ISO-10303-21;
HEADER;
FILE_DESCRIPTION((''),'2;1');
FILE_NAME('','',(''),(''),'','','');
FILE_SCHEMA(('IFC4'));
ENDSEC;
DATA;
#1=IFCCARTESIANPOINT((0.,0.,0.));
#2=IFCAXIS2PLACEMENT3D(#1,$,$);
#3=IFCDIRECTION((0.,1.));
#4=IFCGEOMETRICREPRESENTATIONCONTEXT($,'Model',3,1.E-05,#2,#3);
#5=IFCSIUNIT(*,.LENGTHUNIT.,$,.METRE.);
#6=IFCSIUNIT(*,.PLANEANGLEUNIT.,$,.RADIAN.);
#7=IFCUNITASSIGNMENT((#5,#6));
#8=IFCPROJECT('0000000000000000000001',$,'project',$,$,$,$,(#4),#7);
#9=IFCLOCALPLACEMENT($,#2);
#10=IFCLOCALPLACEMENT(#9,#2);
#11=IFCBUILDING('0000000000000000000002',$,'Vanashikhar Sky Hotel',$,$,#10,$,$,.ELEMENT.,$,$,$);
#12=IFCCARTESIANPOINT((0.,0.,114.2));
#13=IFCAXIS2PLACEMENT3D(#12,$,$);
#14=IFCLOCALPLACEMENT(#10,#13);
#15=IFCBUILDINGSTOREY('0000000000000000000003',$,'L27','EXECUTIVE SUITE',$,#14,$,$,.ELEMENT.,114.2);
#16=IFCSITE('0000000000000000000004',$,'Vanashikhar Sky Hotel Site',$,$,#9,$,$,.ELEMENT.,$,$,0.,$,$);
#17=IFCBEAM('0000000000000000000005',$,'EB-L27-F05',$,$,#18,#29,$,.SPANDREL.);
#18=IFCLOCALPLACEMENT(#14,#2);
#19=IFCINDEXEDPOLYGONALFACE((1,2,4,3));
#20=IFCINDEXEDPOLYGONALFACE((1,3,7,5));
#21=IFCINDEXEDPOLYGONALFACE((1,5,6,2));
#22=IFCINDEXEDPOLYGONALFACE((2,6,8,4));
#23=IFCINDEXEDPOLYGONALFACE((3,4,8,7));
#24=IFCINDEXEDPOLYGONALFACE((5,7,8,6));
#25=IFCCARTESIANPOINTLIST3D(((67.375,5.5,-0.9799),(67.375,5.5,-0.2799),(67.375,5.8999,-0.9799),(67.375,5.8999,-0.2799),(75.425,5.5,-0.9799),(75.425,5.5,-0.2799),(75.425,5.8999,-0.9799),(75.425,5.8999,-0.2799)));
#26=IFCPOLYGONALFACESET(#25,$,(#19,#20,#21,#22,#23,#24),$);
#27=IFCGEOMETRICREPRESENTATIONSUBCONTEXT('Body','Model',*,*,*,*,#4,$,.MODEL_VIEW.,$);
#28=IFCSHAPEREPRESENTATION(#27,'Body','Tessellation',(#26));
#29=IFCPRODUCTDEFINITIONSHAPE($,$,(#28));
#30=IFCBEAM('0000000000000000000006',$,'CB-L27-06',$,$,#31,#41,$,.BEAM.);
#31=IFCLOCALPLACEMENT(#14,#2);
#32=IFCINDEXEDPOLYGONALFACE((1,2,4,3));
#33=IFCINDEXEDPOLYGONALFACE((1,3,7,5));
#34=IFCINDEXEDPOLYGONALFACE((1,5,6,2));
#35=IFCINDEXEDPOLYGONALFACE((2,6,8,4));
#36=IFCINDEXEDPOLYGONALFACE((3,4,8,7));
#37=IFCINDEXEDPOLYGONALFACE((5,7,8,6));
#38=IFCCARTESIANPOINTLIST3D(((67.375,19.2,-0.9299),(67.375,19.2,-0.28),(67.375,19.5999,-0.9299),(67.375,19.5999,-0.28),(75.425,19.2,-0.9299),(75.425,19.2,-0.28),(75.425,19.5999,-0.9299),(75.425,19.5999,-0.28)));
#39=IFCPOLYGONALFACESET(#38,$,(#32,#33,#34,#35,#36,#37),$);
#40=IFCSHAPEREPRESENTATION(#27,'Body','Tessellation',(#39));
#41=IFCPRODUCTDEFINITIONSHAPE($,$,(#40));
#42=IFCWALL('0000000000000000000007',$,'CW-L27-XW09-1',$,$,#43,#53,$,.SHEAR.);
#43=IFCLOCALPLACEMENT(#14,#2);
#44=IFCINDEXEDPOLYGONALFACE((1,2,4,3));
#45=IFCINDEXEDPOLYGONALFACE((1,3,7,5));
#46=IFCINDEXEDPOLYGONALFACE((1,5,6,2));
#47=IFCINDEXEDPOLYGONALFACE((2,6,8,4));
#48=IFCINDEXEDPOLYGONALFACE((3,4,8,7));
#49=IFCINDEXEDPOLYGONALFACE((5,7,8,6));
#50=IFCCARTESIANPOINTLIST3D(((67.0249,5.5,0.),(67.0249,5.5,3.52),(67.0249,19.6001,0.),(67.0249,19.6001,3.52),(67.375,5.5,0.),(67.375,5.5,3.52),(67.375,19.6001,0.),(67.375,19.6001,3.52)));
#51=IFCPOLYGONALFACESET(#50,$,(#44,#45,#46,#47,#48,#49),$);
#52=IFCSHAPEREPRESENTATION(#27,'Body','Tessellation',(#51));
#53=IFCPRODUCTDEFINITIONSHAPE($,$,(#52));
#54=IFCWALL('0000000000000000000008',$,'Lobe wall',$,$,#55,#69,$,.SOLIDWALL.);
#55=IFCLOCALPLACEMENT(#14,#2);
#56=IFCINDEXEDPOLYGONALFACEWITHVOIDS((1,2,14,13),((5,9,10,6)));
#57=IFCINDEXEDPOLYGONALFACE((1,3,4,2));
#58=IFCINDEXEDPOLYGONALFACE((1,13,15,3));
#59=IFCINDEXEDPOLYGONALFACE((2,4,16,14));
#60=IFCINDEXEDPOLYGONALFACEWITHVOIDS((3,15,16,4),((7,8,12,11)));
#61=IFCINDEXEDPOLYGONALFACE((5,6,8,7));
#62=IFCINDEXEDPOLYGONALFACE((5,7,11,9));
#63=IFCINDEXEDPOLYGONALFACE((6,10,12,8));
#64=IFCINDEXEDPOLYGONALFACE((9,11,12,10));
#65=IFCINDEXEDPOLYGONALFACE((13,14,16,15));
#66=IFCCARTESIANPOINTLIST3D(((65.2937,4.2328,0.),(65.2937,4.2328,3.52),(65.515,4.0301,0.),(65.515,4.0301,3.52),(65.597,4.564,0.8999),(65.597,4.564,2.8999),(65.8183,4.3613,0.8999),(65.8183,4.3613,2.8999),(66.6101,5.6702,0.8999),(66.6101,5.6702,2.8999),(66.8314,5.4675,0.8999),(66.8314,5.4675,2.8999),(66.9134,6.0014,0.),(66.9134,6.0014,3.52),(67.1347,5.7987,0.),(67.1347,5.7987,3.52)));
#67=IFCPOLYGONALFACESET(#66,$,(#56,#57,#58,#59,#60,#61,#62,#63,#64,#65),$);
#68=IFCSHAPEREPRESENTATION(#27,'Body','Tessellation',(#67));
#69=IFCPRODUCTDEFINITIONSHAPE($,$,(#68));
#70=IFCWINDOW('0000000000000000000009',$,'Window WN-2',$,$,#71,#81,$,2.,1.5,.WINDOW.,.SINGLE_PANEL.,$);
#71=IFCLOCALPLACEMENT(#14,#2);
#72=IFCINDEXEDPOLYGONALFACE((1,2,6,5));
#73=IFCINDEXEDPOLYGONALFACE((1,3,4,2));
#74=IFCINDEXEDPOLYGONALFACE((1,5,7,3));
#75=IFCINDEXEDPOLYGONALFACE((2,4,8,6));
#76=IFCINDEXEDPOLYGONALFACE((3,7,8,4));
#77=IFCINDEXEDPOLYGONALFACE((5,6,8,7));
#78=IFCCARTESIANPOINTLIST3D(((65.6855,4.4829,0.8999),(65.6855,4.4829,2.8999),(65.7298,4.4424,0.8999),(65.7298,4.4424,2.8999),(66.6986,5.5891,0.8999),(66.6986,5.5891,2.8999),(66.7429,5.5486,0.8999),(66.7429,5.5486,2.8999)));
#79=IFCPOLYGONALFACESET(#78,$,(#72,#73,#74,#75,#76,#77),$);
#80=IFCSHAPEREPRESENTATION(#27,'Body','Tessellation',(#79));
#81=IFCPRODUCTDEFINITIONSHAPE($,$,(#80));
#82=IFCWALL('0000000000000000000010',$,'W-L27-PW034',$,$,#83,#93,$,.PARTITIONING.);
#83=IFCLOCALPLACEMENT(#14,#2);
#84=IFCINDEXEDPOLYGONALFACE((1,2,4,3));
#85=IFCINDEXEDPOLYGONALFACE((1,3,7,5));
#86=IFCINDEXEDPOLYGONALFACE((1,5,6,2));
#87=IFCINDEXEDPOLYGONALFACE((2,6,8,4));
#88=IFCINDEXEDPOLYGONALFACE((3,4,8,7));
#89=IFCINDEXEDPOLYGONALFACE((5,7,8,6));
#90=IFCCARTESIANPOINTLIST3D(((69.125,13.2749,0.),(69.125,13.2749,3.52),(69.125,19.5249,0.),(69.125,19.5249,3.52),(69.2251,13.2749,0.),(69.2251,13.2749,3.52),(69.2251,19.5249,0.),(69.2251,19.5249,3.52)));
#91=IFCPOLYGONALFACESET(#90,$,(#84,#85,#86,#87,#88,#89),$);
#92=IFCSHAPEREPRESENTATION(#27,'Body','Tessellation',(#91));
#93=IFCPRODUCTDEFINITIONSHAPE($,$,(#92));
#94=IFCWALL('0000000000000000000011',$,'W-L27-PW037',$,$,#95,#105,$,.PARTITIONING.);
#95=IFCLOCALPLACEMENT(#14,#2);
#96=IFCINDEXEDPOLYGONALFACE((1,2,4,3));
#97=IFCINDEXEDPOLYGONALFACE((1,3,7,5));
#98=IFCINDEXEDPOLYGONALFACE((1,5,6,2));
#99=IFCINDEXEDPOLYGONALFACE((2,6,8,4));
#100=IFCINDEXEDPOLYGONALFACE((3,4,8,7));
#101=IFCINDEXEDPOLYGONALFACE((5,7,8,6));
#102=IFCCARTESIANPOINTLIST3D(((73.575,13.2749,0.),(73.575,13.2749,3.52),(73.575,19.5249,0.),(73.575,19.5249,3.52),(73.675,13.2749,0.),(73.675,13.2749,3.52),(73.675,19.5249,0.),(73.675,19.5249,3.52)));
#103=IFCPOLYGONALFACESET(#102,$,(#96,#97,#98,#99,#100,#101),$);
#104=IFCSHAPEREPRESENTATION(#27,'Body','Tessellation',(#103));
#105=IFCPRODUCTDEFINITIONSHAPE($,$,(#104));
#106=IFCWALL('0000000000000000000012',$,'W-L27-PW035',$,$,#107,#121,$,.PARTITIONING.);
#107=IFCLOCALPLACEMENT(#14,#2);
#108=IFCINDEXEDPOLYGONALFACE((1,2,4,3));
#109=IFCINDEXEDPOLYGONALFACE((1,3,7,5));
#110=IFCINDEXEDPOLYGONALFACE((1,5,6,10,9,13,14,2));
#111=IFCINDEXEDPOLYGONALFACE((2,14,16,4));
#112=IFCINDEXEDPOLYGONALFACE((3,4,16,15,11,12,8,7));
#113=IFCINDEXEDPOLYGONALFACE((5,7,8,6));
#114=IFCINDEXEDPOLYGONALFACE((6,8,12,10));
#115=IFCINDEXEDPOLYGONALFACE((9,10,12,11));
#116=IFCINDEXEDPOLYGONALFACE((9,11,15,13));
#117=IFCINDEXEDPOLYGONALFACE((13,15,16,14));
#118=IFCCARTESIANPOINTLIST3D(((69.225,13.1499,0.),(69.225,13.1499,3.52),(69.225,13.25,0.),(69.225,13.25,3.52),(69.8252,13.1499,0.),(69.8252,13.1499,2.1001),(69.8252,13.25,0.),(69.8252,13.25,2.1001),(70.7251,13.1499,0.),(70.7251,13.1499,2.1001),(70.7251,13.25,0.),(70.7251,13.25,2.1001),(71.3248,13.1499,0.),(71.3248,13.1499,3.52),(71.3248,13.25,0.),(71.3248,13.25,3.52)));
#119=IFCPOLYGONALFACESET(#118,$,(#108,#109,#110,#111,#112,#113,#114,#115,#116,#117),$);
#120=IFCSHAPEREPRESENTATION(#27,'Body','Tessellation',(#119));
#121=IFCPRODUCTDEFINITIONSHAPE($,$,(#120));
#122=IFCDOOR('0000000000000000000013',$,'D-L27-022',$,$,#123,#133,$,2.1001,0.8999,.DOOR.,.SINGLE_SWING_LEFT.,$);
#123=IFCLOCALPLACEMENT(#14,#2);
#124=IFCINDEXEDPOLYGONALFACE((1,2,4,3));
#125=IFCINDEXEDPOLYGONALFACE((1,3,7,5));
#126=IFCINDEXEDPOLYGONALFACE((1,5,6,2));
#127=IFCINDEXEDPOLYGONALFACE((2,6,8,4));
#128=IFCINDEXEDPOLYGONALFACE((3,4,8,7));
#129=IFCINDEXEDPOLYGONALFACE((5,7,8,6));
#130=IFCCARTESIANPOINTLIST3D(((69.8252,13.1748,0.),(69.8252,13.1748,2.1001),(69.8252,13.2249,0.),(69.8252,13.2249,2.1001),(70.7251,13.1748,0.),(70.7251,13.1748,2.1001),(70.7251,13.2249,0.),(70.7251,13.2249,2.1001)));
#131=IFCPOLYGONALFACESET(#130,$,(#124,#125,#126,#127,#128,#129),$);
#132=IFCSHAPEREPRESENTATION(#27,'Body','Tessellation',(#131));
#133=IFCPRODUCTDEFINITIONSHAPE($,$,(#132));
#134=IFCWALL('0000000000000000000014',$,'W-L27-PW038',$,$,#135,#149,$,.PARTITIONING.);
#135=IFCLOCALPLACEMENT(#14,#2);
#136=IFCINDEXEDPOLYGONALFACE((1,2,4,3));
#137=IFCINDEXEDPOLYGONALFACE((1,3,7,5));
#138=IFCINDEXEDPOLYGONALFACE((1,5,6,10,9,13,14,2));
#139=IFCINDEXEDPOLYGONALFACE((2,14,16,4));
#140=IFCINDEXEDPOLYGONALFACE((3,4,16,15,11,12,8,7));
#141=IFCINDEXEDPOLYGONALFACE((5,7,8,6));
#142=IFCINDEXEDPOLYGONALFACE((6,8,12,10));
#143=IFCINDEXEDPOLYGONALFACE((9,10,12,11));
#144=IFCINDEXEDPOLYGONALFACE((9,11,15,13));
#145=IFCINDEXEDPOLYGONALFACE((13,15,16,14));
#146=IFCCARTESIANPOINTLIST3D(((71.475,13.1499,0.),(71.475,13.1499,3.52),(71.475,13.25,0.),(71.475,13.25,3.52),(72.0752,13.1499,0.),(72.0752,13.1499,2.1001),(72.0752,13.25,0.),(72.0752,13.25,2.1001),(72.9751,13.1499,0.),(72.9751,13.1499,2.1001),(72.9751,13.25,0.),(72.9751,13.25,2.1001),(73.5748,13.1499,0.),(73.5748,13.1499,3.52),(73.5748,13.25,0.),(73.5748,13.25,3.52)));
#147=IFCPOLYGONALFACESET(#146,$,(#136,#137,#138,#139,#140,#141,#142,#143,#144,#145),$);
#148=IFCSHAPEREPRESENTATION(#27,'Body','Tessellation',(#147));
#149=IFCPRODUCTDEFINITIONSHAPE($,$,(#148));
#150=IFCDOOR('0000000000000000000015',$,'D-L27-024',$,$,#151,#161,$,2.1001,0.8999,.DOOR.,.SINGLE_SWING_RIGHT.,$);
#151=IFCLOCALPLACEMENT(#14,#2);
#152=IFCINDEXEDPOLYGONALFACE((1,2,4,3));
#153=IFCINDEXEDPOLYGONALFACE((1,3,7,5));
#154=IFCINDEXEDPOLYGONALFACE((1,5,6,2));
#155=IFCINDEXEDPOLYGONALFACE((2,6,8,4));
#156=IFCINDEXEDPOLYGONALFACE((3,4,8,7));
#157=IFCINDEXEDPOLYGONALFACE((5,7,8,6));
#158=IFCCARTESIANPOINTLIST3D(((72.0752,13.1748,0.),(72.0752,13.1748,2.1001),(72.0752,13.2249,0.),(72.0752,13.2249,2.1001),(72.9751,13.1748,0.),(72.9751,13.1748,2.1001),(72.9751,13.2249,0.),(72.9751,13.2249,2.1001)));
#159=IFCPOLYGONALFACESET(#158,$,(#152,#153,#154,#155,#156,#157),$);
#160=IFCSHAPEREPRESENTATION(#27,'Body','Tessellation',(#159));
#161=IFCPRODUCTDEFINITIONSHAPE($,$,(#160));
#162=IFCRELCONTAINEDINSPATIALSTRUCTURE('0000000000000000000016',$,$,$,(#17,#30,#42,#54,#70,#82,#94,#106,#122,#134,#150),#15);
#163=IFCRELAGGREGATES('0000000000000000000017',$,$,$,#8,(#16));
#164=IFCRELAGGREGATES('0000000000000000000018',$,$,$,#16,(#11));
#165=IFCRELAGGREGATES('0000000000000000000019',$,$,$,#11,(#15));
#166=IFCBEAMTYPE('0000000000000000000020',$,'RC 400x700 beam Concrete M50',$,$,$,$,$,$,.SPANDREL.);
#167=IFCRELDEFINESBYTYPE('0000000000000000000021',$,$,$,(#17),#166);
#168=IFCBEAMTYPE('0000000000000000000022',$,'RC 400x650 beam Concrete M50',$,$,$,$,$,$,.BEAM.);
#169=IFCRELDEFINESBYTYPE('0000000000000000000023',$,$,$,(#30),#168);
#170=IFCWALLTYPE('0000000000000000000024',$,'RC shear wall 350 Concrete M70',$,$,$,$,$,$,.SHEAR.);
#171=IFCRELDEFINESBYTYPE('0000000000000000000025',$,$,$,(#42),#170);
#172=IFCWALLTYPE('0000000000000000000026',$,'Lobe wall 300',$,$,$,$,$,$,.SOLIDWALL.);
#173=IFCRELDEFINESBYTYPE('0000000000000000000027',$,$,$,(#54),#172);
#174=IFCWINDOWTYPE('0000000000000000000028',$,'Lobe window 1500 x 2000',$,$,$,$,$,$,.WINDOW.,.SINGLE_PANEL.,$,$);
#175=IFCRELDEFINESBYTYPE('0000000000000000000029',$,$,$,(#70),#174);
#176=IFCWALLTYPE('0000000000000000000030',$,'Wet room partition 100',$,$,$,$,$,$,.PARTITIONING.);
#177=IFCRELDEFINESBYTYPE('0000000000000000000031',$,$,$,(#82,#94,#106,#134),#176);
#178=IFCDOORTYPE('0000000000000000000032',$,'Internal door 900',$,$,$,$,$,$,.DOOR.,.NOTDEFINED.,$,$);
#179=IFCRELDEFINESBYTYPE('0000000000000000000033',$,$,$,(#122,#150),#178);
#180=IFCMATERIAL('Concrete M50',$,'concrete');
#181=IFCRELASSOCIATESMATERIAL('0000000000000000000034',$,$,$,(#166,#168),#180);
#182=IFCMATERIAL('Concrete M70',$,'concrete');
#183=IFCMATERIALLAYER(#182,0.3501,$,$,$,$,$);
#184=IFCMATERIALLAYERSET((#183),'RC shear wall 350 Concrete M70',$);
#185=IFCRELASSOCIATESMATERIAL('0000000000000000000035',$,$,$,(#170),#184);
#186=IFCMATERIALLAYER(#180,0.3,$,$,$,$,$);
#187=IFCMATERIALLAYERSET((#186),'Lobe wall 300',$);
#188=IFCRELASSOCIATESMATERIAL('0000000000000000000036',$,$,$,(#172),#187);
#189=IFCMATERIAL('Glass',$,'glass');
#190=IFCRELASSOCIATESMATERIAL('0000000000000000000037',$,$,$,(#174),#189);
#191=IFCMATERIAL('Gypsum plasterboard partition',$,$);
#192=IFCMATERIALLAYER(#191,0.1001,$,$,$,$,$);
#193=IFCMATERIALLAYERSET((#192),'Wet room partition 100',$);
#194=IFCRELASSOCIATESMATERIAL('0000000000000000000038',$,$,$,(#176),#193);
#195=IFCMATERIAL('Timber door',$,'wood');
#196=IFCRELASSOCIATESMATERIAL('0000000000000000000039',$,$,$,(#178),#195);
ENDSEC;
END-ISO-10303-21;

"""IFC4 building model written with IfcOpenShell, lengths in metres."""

from ifc_helpers import new_model, si_unit, direction, frame, frame_2d, origin, origin_2d, place, context, subcontext, project, spatial, rectangle, extrude, source, transform, mapped, material, layer, layer_set, material_profile, profile_set, type_object, element, fill, save


model = new_model("IFC4")

# Units and contexts
model_context = context("Model", 3, precision=1e-05, world=origin(), true_north=direction((0.0, 1.0)))
body_context = subcontext(model_context, "Body", "Model", "MODEL_VIEW")
ifc_project = project(units=[si_unit("LENGTHUNIT", "METRE"), si_unit("PLANEANGLEUNIT", "RADIAN")], contexts=[model_context])

# Site, building, storey
site_placement = place(None, origin())
site = spatial("IfcSite", under=ifc_project, at=site_placement, Name="Vanashikhar Sky Hotel Site", CompositionType="ELEMENT", RefElevation=0.0)
building_placement = place(site_placement, origin())
building = spatial("IfcBuilding", under=site, at=building_placement, Name="Vanashikhar Sky Hotel", CompositionType="ELEMENT")
storey_placement = place(building_placement, frame((0.0, 0.0, 114.2)))
storey = spatial("IfcBuildingStorey", under=building, at=storey_placement, Name="L27", Description="EXECUTIVE SUITE", CompositionType="ELEMENT", Elevation=114.2)

# Beams
ifc_material_1 = material(Name="Concrete M50", Category="concrete")
ifc_material_profile_1 = material_profile(ifc_material_1, rectangle(XDim=0.3999, YDim=0.7, at=origin_2d()))
ifc_profile_set_1 = profile_set([ifc_material_profile_1], Name="RC 400x700 beam Concrete M50")
beam_type_1 = type_object("IfcBeamType", Name="RC 400x700 beam Concrete M50", PredefinedType="SPANDREL", material=ifc_profile_set_1)
shared_shape_1 = source(origin(), body_context, "Body", "SweptSolid", [
    extrude(rectangle(XDim=0.3999, YDim=0.7, at=origin_2d()), origin(), (0.0, 0.0, 1.0), 8.05),
])
beam_1_placement = place(storey_placement, frame((67.375, 5.7, -0.6299), z_axis=(1.0, 0.0, 0.0), x_axis=(0.0, 1.0, 0.0)))
element("IfcBeam", 1, at=beam_1_placement, inside=storey, type_object=beam_type_1, Name="EB-L27-F05", PredefinedType="SPANDREL", context=body_context, shape_type="MappedRepresentation", body=[
    mapped(shared_shape_1, transform((0.0, 0.0, 0.0), scale=1.0)),
])
ifc_material_profile_2 = material_profile(ifc_material_1, rectangle(XDim=0.3999, YDim=0.6499, at=origin_2d()))
ifc_profile_set_2 = profile_set([ifc_material_profile_2], Name="RC 400x650 beam Concrete M50")
beam_type_2 = type_object("IfcBeamType", Name="RC 400x650 beam Concrete M50", PredefinedType="BEAM", material=ifc_profile_set_2)
shared_shape_2 = source(origin(), body_context, "Body", "SweptSolid", [
    extrude(rectangle(XDim=0.3999, YDim=0.6499, at=origin_2d()), origin(), (0.0, 0.0, 1.0), 8.05),
])
beam_2_placement = place(storey_placement, frame((67.375, 19.3999, -0.605), z_axis=(1.0, 0.0, 0.0), x_axis=(0.0, 1.0, 0.0)))
element("IfcBeam", 2, at=beam_2_placement, inside=storey, type_object=beam_type_2, Name="CB-L27-06", PredefinedType="BEAM", context=body_context, shape_type="MappedRepresentation", body=[
    mapped(shared_shape_2, transform((0.0, 0.0, 0.0), scale=1.0)),
])

# Wall
ifc_material_2 = material(Name="Concrete M70", Category="concrete")
ifc_layer_1 = layer(ifc_material_2, 0.3501)
ifc_layer_set_1 = layer_set([ifc_layer_1], Name="RC shear wall 350 Concrete M70")
wall_type_1 = type_object("IfcWallType", Name="RC shear wall 350 Concrete M70", PredefinedType="SHEAR", material=ifc_layer_set_1)
shared_shape_3 = source(origin(), body_context, "Body", "SweptSolid", [
    extrude(rectangle(XDim=14.1001, YDim=0.3501, at=frame_2d((7.05, 0.0))), origin(), (0.0, 0.0, 1.0), 3.52),
])
wall_1_placement = place(storey_placement, frame((67.2, 5.5, 0.0), z_axis=(0.0, 0.0, 1.0), x_axis=(0.0, 1.0, 0.0)))
element("IfcWall", 3, at=wall_1_placement, inside=storey, type_object=wall_type_1, Name="CW-L27-XW09-1", PredefinedType="SHEAR", context=body_context, shape_type="MappedRepresentation", body=[
    mapped(shared_shape_3, transform((0.0, 0.0, 0.0), scale=1.0)),
])

# Wall, opening, window
ifc_layer_2 = layer(ifc_material_1, 0.3)
ifc_layer_set_2 = layer_set([ifc_layer_2], Name="Lobe wall 300")
wall_type_2 = type_object("IfcWallType", Name="Lobe wall 300", PredefinedType="SOLIDWALL", material=ifc_layer_set_2)
shared_shape_4 = source(origin(), body_context, "Body", "SweptSolid", [
    extrude(rectangle(XDim=2.3982, YDim=0.3, at=frame_2d((1.1992, 0.0))), origin(), (0.0, 0.0, 1.0), 3.52),
])
wall_2_placement = place(storey_placement, frame((65.4043, 4.1313, 0.0), z_axis=(0.0, 0.0, 1.0), x_axis=(0.675374, 0.737475, 0.0)))
wall_2 = element("IfcWall", 4, at=wall_2_placement, inside=storey, type_object=wall_type_2, Name="Lobe wall", PredefinedType="SOLIDWALL", context=body_context, shape_type="MappedRepresentation", body=[
    mapped(shared_shape_4, transform((0.0, 0.0, 0.0), scale=1.0)),
])
shared_shape_5 = source(origin(), body_context, "Body", "SweptSolid", [
    extrude(rectangle(XDim=1.5, YDim=2.0, at=frame_2d((0.75, 1.0))), frame((0.0, 0.1602, 0.0), z_axis=(0.0, -1.0, 0.0), x_axis=(1.0, 0.0, 0.0)), (0.0, 0.0, 1.0), 0.3201),
])
opening_1_placement = place(wall_2_placement, frame((0.4492, 0.0, 0.8999)))
opening_1 = element("IfcOpeningElement", 5, at=opening_1_placement, cuts=wall_2, PredefinedType="OPENING", context=body_context, shape_type="MappedRepresentation", body=[
    mapped(shared_shape_5, transform((0.0, 0.0, 0.0), scale=1.0)),
])
ifc_material_3 = material(Name="Glass", Category="glass")
window_type_1 = type_object("IfcWindowType", Name="Lobe window 1500 x 2000", PartitioningType="SINGLE_PANEL", PredefinedType="WINDOW", material=ifc_material_3)
shared_shape_6 = source(origin(), body_context, "Body", "SweptSolid", [
    extrude(rectangle(XDim=1.5, YDim=2.0, at=frame_2d((0.75, 1.0))), frame((0.0, 0.03, 0.0), z_axis=(0.0, -1.0, 0.0), x_axis=(1.0, 0.0, 0.0)), (0.0, 0.0, 1.0), 0.0601),
])
window_1_placement = place(opening_1_placement, origin())
window_1 = element("IfcWindow", 6, at=window_1_placement, inside=storey, type_object=window_type_1, Name="Window WN-2", OverallHeight=2.0, OverallWidth=1.5, PartitioningType="SINGLE_PANEL", PredefinedType="WINDOW", context=body_context, shape_type="MappedRepresentation", body=[
    mapped(shared_shape_6, transform((0.0, 0.0, 0.0), scale=1.0)),
])
fill(opening_1, window_1)

# Walls
ifc_material_4 = material(Name="Gypsum plasterboard partition")
ifc_layer_3 = layer(ifc_material_4, 0.1001)
ifc_layer_set_3 = layer_set([ifc_layer_3], Name="Wet room partition 100")
wall_type_3 = type_object("IfcWallType", Name="Wet room partition 100", PredefinedType="PARTITIONING", material=ifc_layer_set_3)
shared_shape_7 = source(origin(), body_context, "Body", "SweptSolid", [
    extrude(rectangle(XDim=6.25, YDim=0.1001, at=frame_2d((3.125, 0.0))), origin(), (0.0, 0.0, 1.0), 3.52),
])
for number, where, z_axis, x_axis, name in (
    (7, (69.175, 13.2749, 0.0), (0.0, 0.0, 1.0), (0.0, 1.0, 0.0), "W-L27-PW034"),
    (8, (73.625, 13.2749, 0.0), (0.0, 0.0, 1.0), (0.0, 1.0, 0.0), "W-L27-PW037"),
):
    element("IfcWall", number, at=place(storey_placement, frame(where, z_axis=z_axis, x_axis=x_axis)), inside=storey, type_object=wall_type_3, Name=name, PredefinedType="PARTITIONING", context=body_context, shape_type="MappedRepresentation", body=[
        mapped(shared_shape_7, transform((0.0, 0.0, 0.0), scale=1.0)),
    ])

# Walls, openings, doors
shared_shape_8 = source(origin(), body_context, "Body", "SweptSolid", [
    extrude(rectangle(XDim=2.0999, YDim=0.1001, at=frame_2d((1.0498, 0.0))), origin(), (0.0, 0.0, 1.0), 3.52),
])
wall_3_placement = place(storey_placement, frame((69.2251, 13.2, 0.0), z_axis=(0.0, 0.0, 1.0), x_axis=(1.0, 0.0, 0.0)))
wall_3 = element("IfcWall", 9, at=wall_3_placement, inside=storey, type_object=wall_type_3, Name="W-L27-PW035", PredefinedType="PARTITIONING", context=body_context, shape_type="MappedRepresentation", body=[
    mapped(shared_shape_8, transform((0.0, 0.0, 0.0), scale=1.0)),
])
shared_shape_9 = source(origin(), body_context, "Body", "SweptSolid", [
    extrude(rectangle(XDim=0.8999, YDim=2.1001, at=frame_2d((0.45, 1.05))), frame((0.0, 0.0601, 0.0), z_axis=(0.0, -1.0, 0.0), x_axis=(1.0, 0.0, 0.0)), (0.0, 0.0, 1.0), 0.1201),
])
opening_2_placement = place(wall_3_placement, frame((0.6001, 0.0, 0.0)))
opening_2 = element("IfcOpeningElement", 10, at=opening_2_placement, cuts=wall_3, PredefinedType="OPENING", context=body_context, shape_type="MappedRepresentation", body=[
    mapped(shared_shape_9, transform((0.0, 0.0, 0.0), scale=1.0)),
])
ifc_material_5 = material(Name="Timber door", Category="wood")
door_type_1 = type_object("IfcDoorType", Name="Internal door 900", OperationType="NOTDEFINED", PredefinedType="DOOR", material=ifc_material_5)
shared_shape_10 = source(origin(), body_context, "Body", "SweptSolid", [
    extrude(rectangle(XDim=0.8999, YDim=2.1001, at=frame_2d((0.45, 1.05))), frame((0.0, 0.0249, 0.0), z_axis=(0.0, -1.0, 0.0), x_axis=(1.0, 0.0, 0.0)), (0.0, 0.0, 1.0), 0.05),
])
door_1_placement = place(opening_2_placement, origin())
door_1 = element("IfcDoor", 11, at=door_1_placement, inside=storey, type_object=door_type_1, Name="D-L27-022", OperationType="SINGLE_SWING_LEFT", OverallHeight=2.1001, OverallWidth=0.8999, PredefinedType="DOOR", context=body_context, shape_type="MappedRepresentation", body=[
    mapped(shared_shape_10, transform((0.0, 0.0, 0.0), scale=1.0)),
])
fill(opening_2, door_1)
wall_4_placement = place(storey_placement, frame((71.4751, 13.2, 0.0), z_axis=(0.0, 0.0, 1.0), x_axis=(1.0, 0.0, 0.0)))
wall_4 = element("IfcWall", 12, at=wall_4_placement, inside=storey, type_object=wall_type_3, Name="W-L27-PW038", PredefinedType="PARTITIONING", context=body_context, shape_type="MappedRepresentation", body=[
    mapped(shared_shape_8, transform((0.0, 0.0, 0.0), scale=1.0)),
])
opening_3_placement = place(wall_4_placement, frame((0.6001, 0.0, 0.0)))
opening_3 = element("IfcOpeningElement", 13, at=opening_3_placement, cuts=wall_4, PredefinedType="OPENING", context=body_context, shape_type="MappedRepresentation", body=[
    mapped(shared_shape_9, transform((0.0, 0.0, 0.0), scale=1.0)),
])
door_2_placement = place(opening_3_placement, origin())
door_2 = element("IfcDoor", 14, at=door_2_placement, inside=storey, type_object=door_type_1, Name="D-L27-024", OperationType="SINGLE_SWING_RIGHT", OverallHeight=2.1001, OverallWidth=0.8999, PredefinedType="DOOR", context=body_context, shape_type="MappedRepresentation", body=[
    mapped(shared_shape_10, transform((0.0, 0.0, 0.0), scale=1.0)),
])
fill(opening_3, door_2)

save(model, "model.ifc")
